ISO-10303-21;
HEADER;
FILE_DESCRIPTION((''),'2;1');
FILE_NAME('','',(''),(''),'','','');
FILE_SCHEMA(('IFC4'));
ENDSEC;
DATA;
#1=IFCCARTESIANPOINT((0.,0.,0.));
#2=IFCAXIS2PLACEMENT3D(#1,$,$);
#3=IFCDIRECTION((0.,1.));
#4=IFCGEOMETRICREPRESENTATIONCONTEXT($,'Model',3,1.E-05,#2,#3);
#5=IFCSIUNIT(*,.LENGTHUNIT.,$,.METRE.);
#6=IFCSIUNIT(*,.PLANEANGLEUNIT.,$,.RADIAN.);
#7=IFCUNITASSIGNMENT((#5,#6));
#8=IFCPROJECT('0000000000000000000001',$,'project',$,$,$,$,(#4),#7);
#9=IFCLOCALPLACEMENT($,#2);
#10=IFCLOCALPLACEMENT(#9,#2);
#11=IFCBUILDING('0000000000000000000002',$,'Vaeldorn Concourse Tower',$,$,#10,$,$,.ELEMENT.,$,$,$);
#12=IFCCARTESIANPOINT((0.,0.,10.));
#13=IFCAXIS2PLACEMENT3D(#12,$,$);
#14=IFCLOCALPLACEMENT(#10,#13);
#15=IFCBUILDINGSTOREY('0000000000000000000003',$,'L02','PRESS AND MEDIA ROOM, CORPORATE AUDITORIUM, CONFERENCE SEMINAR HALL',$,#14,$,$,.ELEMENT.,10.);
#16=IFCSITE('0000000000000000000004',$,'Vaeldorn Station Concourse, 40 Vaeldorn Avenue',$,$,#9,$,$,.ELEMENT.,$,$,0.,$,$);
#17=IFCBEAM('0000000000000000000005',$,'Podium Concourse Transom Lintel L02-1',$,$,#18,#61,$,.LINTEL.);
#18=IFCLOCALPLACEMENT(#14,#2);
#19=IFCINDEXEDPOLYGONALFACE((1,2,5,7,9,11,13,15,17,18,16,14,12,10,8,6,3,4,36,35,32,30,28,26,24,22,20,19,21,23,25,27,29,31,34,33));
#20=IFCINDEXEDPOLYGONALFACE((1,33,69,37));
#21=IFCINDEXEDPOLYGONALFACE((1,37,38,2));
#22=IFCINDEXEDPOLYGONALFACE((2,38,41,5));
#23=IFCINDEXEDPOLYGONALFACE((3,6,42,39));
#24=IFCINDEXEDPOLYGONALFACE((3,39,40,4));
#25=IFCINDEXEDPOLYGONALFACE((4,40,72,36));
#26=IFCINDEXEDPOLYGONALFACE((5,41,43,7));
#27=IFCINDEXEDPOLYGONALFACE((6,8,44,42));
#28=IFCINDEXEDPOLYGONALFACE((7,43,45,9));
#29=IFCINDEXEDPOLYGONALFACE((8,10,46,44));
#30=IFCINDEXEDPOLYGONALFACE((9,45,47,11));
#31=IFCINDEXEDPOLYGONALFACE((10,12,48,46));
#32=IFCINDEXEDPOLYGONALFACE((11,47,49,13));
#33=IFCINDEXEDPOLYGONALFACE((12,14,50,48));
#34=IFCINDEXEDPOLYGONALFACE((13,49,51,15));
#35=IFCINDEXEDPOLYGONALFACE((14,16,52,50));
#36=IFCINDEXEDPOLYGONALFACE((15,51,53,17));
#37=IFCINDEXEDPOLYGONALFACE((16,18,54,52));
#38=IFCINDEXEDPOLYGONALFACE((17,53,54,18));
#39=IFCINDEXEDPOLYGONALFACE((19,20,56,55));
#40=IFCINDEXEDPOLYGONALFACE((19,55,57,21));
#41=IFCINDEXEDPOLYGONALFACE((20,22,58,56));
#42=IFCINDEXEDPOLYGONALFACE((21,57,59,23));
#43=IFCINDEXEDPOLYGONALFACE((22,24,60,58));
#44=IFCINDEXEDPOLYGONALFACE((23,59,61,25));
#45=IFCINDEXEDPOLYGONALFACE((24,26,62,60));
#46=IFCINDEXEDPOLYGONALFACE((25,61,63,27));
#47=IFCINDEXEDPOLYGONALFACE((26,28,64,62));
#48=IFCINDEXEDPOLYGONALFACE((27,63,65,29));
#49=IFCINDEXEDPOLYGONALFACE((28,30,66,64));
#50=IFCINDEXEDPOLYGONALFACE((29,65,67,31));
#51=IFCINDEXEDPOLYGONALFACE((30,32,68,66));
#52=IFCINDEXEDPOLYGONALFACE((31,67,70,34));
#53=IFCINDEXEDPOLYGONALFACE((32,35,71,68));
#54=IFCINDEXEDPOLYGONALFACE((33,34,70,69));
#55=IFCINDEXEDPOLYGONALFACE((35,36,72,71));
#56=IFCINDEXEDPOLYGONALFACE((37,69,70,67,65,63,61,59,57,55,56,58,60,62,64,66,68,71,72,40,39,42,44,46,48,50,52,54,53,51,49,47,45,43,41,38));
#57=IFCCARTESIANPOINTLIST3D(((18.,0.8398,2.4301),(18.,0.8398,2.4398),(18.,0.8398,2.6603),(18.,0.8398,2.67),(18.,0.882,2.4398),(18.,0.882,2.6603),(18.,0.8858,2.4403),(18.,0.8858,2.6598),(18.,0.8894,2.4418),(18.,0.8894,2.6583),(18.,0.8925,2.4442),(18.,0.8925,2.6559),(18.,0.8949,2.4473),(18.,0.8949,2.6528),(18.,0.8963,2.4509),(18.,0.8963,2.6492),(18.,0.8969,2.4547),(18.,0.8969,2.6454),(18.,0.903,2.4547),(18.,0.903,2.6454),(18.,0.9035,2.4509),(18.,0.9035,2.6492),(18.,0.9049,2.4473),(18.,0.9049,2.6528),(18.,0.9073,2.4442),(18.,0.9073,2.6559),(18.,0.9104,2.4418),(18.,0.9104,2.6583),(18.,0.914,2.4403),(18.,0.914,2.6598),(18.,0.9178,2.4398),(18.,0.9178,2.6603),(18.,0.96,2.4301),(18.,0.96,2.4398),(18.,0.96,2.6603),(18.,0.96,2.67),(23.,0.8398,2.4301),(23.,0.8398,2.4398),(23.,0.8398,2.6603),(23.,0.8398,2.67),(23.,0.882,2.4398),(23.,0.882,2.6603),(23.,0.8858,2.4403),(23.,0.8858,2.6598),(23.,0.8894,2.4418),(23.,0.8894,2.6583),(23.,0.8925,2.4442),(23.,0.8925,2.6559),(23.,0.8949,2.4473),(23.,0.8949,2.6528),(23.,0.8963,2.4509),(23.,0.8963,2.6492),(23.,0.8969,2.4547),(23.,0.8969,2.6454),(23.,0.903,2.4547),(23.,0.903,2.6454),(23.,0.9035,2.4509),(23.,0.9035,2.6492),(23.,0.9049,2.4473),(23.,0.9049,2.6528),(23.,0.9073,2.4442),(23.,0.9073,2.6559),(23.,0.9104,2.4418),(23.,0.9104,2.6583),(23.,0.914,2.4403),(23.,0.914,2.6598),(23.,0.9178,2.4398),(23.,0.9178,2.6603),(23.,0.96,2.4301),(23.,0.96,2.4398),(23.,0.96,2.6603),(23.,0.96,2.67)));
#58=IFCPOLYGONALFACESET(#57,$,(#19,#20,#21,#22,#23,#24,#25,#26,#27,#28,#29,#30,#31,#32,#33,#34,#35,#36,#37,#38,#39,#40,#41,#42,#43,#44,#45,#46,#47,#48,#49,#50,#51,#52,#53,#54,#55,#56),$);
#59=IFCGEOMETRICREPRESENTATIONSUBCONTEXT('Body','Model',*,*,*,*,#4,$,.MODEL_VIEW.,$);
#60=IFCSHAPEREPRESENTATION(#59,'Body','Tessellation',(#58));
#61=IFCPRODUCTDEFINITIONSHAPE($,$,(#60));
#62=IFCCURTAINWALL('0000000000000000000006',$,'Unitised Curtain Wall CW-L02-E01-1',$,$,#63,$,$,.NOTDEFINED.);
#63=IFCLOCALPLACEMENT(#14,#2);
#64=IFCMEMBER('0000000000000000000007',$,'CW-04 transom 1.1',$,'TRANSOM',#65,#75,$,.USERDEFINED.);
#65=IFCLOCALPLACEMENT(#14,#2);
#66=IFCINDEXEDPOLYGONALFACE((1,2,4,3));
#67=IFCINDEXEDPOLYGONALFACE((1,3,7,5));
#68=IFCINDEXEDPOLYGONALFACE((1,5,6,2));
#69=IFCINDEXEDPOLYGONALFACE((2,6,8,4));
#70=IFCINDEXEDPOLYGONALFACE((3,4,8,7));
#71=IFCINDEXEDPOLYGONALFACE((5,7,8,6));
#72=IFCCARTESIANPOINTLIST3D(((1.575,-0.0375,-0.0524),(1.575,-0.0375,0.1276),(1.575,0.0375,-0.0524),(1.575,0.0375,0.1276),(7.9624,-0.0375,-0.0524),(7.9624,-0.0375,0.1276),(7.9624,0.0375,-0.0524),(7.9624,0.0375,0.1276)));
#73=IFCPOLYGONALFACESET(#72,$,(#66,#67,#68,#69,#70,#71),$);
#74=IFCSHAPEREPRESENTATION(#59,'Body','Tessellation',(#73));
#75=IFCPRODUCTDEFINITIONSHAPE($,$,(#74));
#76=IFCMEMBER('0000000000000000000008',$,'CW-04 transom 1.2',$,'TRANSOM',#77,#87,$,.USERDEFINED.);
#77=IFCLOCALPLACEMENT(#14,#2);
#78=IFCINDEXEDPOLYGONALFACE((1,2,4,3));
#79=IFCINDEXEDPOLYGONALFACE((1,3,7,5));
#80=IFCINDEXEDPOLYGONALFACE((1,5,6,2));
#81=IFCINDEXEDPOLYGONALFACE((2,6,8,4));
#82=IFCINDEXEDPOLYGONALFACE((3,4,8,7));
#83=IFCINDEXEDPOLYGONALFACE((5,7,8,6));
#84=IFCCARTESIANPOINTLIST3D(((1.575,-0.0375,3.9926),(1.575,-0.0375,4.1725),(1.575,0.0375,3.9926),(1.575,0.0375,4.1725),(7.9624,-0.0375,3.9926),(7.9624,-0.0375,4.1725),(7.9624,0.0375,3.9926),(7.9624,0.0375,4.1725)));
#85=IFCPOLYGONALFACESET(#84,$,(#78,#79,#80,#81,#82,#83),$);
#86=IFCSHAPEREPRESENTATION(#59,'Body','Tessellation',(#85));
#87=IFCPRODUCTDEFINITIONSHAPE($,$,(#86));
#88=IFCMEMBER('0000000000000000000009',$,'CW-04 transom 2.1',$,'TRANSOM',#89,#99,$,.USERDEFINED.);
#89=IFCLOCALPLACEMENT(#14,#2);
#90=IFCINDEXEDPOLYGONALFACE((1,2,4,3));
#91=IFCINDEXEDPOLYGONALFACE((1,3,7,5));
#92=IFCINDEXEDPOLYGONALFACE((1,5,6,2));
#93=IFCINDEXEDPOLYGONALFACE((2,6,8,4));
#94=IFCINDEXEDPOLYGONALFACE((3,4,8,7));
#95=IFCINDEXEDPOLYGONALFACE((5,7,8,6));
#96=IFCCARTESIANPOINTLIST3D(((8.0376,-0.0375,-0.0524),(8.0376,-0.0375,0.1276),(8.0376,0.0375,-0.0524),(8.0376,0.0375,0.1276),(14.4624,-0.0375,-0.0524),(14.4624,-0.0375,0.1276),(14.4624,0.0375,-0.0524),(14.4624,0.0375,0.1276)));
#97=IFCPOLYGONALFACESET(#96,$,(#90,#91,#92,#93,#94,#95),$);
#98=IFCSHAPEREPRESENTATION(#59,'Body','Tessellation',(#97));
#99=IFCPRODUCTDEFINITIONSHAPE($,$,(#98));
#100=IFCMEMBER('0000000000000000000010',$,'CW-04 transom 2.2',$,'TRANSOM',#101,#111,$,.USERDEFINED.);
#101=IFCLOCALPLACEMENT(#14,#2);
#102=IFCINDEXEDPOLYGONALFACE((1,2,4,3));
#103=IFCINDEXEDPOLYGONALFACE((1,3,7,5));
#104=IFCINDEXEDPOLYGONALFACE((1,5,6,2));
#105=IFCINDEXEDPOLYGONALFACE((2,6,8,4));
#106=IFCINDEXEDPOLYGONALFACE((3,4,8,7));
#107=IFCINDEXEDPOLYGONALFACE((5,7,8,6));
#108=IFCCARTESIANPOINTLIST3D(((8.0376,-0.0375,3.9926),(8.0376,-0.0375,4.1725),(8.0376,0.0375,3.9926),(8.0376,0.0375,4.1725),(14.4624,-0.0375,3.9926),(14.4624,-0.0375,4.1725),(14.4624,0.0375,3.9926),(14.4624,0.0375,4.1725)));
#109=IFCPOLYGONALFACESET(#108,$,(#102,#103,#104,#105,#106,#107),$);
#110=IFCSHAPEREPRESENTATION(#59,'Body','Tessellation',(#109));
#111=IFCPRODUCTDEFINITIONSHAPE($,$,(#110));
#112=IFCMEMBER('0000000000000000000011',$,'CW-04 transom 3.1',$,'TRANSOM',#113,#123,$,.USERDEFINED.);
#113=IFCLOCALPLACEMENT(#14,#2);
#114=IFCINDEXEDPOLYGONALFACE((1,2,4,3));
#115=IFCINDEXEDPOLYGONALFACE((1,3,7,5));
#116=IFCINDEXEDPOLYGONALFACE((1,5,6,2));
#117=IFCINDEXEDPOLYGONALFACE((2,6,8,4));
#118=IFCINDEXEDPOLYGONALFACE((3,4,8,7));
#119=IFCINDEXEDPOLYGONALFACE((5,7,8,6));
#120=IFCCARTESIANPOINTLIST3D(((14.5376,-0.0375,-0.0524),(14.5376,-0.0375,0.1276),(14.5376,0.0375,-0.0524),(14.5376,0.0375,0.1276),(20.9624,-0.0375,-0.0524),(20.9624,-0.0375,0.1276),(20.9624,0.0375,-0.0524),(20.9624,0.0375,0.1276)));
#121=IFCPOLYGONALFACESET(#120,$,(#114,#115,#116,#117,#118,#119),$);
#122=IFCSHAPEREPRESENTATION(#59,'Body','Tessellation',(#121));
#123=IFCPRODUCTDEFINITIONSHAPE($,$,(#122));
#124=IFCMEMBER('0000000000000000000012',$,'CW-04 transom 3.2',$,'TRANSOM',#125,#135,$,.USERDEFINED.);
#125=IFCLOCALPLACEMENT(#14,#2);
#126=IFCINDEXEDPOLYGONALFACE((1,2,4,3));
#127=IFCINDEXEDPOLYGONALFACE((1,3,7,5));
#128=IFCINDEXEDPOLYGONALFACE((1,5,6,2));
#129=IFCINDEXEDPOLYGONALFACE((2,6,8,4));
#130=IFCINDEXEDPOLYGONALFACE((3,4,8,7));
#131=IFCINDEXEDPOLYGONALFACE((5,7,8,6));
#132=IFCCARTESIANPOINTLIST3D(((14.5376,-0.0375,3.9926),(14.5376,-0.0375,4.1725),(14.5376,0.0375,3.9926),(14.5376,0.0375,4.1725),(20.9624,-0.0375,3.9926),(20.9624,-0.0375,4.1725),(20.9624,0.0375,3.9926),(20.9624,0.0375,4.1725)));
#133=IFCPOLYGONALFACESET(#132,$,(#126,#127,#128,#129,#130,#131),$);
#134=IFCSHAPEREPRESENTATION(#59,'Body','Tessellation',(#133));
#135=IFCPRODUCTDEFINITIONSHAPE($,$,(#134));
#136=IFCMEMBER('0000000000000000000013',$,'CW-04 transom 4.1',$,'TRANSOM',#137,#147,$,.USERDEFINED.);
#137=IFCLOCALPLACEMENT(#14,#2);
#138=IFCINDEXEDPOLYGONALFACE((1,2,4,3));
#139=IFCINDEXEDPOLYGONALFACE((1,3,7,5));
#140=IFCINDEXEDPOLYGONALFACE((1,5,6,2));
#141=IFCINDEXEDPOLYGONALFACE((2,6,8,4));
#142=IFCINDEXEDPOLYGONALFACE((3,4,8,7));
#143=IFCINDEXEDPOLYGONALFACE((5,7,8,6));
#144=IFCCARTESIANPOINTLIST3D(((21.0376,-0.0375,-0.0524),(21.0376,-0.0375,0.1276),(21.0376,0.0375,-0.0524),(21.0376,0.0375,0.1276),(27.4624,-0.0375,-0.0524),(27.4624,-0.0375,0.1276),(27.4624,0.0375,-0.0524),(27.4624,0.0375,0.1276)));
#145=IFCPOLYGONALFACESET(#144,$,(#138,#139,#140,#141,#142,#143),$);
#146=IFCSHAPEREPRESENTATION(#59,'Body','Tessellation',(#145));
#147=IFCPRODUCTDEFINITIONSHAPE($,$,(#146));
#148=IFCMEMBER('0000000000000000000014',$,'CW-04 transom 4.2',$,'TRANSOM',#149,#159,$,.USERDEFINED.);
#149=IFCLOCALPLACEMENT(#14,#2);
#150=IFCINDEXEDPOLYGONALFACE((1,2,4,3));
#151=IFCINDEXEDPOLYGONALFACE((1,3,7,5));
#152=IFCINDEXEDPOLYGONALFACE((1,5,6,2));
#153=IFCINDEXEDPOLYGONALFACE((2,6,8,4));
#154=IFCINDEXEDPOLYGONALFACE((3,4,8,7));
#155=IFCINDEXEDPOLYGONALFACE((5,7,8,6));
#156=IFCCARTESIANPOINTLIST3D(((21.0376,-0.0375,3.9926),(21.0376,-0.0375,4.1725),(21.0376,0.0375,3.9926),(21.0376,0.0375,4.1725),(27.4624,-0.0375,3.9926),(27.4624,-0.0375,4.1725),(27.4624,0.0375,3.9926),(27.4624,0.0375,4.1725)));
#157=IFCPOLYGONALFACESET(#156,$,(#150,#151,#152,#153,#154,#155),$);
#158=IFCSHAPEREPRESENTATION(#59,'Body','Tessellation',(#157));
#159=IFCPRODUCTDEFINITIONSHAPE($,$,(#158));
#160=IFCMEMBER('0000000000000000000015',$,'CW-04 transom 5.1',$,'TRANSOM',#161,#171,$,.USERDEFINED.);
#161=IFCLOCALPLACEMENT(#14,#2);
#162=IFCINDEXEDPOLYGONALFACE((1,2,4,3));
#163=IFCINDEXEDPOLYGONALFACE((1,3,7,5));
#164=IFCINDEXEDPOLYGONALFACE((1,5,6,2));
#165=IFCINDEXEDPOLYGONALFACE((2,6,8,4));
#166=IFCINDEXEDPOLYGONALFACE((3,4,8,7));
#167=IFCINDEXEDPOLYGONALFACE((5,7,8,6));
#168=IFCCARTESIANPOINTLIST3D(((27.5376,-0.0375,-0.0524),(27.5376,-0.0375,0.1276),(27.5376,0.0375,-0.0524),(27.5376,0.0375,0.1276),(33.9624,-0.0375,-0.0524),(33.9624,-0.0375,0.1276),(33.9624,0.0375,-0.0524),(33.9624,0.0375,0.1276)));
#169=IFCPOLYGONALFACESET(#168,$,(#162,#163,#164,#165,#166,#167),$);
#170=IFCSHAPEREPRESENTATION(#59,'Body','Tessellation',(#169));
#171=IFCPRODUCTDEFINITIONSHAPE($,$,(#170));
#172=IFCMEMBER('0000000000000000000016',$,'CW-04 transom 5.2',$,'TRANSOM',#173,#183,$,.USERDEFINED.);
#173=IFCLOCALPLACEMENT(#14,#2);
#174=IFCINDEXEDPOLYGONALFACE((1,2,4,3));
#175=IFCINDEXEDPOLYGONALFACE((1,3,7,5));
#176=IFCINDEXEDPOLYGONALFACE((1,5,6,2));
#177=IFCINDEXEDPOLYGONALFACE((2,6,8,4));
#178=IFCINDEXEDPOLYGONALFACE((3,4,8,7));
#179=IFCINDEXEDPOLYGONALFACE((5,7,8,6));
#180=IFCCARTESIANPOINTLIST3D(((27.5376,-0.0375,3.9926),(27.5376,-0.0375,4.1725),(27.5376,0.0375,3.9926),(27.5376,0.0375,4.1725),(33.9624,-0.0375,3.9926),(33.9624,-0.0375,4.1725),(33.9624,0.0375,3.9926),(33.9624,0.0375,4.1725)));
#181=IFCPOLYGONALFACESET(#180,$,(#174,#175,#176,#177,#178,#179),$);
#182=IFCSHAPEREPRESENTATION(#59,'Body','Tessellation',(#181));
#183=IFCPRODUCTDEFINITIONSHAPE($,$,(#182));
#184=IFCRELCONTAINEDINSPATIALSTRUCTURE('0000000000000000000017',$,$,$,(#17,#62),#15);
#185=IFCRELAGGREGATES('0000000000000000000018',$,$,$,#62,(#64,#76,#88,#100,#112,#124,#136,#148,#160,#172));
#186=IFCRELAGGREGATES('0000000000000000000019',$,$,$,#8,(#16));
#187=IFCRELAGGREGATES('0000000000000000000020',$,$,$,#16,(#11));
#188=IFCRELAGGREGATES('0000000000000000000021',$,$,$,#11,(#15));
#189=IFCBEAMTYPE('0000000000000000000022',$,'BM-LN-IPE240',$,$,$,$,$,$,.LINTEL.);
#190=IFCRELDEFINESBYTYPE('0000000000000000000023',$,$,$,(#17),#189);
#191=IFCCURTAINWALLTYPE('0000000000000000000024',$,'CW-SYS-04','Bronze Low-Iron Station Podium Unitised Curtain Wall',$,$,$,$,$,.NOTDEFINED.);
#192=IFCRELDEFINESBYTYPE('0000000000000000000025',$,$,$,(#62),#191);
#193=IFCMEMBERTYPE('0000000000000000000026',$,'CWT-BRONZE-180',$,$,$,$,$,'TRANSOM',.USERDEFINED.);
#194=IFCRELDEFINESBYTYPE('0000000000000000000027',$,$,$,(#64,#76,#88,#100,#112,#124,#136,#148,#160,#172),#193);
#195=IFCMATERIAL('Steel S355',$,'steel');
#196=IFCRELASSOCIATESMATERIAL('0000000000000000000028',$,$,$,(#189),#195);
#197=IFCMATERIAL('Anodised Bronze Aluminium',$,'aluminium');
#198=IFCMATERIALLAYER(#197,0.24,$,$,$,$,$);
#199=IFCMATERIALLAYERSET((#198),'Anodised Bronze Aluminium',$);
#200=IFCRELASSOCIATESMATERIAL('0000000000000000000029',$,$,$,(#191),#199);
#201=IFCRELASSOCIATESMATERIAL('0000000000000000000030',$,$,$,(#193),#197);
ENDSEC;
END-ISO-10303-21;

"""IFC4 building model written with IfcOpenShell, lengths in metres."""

from ifc_helpers import new_model, si_unit, direction, frame, origin, origin_2d, place, context, subcontext, project, spatial, rectangle, i_section, extrude, source, transform, mapped, material, layer, layer_set, material_profile, profile_set, type_object, element, aggregate, save


model = new_model("IFC4")

# Units and contexts
model_context = context("Model", 3, precision=1e-05, world=origin(), true_north=direction((0.0, 1.0)))
body_context = subcontext(model_context, "Body", "Model", "MODEL_VIEW")
ifc_project = project(units=[si_unit("LENGTHUNIT", "METRE"), si_unit("PLANEANGLEUNIT", "RADIAN")], contexts=[model_context])

# Site, building, storey
site_placement = place(None, origin())
site = spatial("IfcSite", under=ifc_project, at=site_placement, Name="Vaeldorn Station Concourse, 40 Vaeldorn Avenue", CompositionType="ELEMENT", RefElevation=0.0)
building_placement = place(site_placement, origin())
building = spatial("IfcBuilding", under=site, at=building_placement, Name="Vaeldorn Concourse Tower", CompositionType="ELEMENT")
storey_placement = place(building_placement, frame((0.0, 0.0, 10.0)))
storey = spatial("IfcBuildingStorey", under=building, at=storey_placement, Name="L02", Description="PRESS AND MEDIA ROOM, CORPORATE AUDITORIUM, CONFERENCE SEMINAR HALL", CompositionType="ELEMENT", Elevation=10.0)

# Beam
ifc_material_1 = material(Name="Steel S355", Category="steel")
ifc_material_profile_1 = material_profile(ifc_material_1, i_section(OverallWidth=0.1201, OverallDepth=0.24, WebThickness=0.0061, FlangeThickness=0.0098, FilletRadius=0.0149, at=origin_2d()), Name="IPE 240")
ifc_profile_set_1 = profile_set([ifc_material_profile_1], Name="Steel S355")
beam_type_1 = type_object("IfcBeamType", Name="BM-LN-IPE240", PredefinedType="LINTEL", material=ifc_profile_set_1)
shared_shape_1 = source(origin(), body_context, "Body", "SweptSolid", [
    extrude(i_section(OverallWidth=0.1201, OverallDepth=0.24, WebThickness=0.0061, FlangeThickness=0.0098, FilletRadius=0.0149, at=origin_2d()), origin(), (0.0, 0.0, 1.0), 5.0),
])
beam_1_placement = place(storey_placement, frame((18.0, 0.8999, 2.55), z_axis=(1.0, 0.0, 0.0), x_axis=(0.0, 1.0, 0.0)))
element("IfcBeam", 1, at=beam_1_placement, inside=storey, type_object=beam_type_1, Name="Podium Concourse Transom Lintel L02-1", PredefinedType="LINTEL", context=body_context, shape_type="MappedRepresentation", body=[
    mapped(shared_shape_1, transform((0.0, 0.0, 0.0), scale=1.0)),
])

# Curtain wall, members
ifc_material_2 = material(Name="Anodised Bronze Aluminium", Category="aluminium")
ifc_layer_1 = layer(ifc_material_2, 0.24)
ifc_layer_set_1 = layer_set([ifc_layer_1], Name="Anodised Bronze Aluminium")
curtain_wall_type = type_object("IfcCurtainWallType", Name="CW-SYS-04", Description="Bronze Low-Iron Station Podium Unitised Curtain Wall", PredefinedType="NOTDEFINED", material=ifc_layer_set_1)
curtain_wall_placement = place(storey_placement, origin())
curtain_wall = element("IfcCurtainWall", 2, at=curtain_wall_placement, inside=storey, type_object=curtain_wall_type, Name="Unitised Curtain Wall CW-L02-E01-1", PredefinedType="NOTDEFINED")
ifc_material_profile_2 = material_profile(ifc_material_2, rectangle(XDim=0.075, YDim=0.1799, at=origin_2d()), Name="CWT 75x180")
ifc_profile_set_2 = profile_set([ifc_material_profile_2], Name="Anodised Bronze Aluminium")
member_type_1 = type_object("IfcMemberType", Name="CWT-BRONZE-180", ElementType="TRANSOM", PredefinedType="USERDEFINED", material=ifc_profile_set_2)
shared_shape_2 = source(origin(), body_context, "Body", "SweptSolid", [
    extrude(rectangle(XDim=0.075, YDim=0.1799, at=origin_2d()), origin(), (0.0, 0.0, 1.0), 6.3875),
])
member_1_placement = place(storey_placement, frame((1.575, 0.0, 0.0376), z_axis=(1.0, 0.0, 0.0), x_axis=(0.0, 1.0, 0.0)))
member_1 = element("IfcMember", 3, at=member_1_placement, type_object=member_type_1, Name="CW-04 transom 1.1", ObjectType="TRANSOM", PredefinedType="USERDEFINED", context=body_context, shape_type="MappedRepresentation", body=[
    mapped(shared_shape_2, transform((0.0, 0.0, 0.0), scale=1.0)),
])
member_2_placement = place(storey_placement, frame((1.575, 0.0, 4.0825), z_axis=(1.0, 0.0, 0.0), x_axis=(0.0, 1.0, 0.0)))
member_2 = element("IfcMember", 4, at=member_2_placement, type_object=member_type_1, Name="CW-04 transom 1.2", ObjectType="TRANSOM", PredefinedType="USERDEFINED", context=body_context, shape_type="MappedRepresentation", body=[
    mapped(shared_shape_2, transform((0.0, 0.0, 0.0), scale=1.0)),
])
shared_shape_3 = source(origin(), body_context, "Body", "SweptSolid", [
    extrude(rectangle(XDim=0.075, YDim=0.1799, at=origin_2d()), origin(), (0.0, 0.0, 1.0), 6.4248),
])
member_3_placement = place(storey_placement, frame((8.0376, 0.0, 0.0376), z_axis=(1.0, 0.0, 0.0), x_axis=(0.0, 1.0, 0.0)))
member_3 = element("IfcMember", 5, at=member_3_placement, type_object=member_type_1, Name="CW-04 transom 2.1", ObjectType="TRANSOM", PredefinedType="USERDEFINED", context=body_context, shape_type="MappedRepresentation", body=[
    mapped(shared_shape_3, transform((0.0, 0.0, 0.0), scale=1.0)),
])
member_4_placement = place(storey_placement, frame((8.0376, 0.0, 4.0825), z_axis=(1.0, 0.0, 0.0), x_axis=(0.0, 1.0, 0.0)))
member_4 = element("IfcMember", 6, at=member_4_placement, type_object=member_type_1, Name="CW-04 transom 2.2", ObjectType="TRANSOM", PredefinedType="USERDEFINED", context=body_context, shape_type="MappedRepresentation", body=[
    mapped(shared_shape_3, transform((0.0, 0.0, 0.0), scale=1.0)),
])
member_5_placement = place(storey_placement, frame((14.5376, 0.0, 0.0376), z_axis=(1.0, 0.0, 0.0), x_axis=(0.0, 1.0, 0.0)))
member_5 = element("IfcMember", 7, at=member_5_placement, type_object=member_type_1, Name="CW-04 transom 3.1", ObjectType="TRANSOM", PredefinedType="USERDEFINED", context=body_context, shape_type="MappedRepresentation", body=[
    mapped(shared_shape_3, transform((0.0, 0.0, 0.0), scale=1.0)),
])
member_6_placement = place(storey_placement, frame((14.5376, 0.0, 4.0825), z_axis=(1.0, 0.0, 0.0), x_axis=(0.0, 1.0, 0.0)))
member_6 = element("IfcMember", 8, at=member_6_placement, type_object=member_type_1, Name="CW-04 transom 3.2", ObjectType="TRANSOM", PredefinedType="USERDEFINED", context=body_context, shape_type="MappedRepresentation", body=[
    mapped(shared_shape_3, transform((0.0, 0.0, 0.0), scale=1.0)),
])
member_7_placement = place(storey_placement, frame((21.0376, 0.0, 0.0376), z_axis=(1.0, 0.0, 0.0), x_axis=(0.0, 1.0, 0.0)))
member_7 = element("IfcMember", 9, at=member_7_placement, type_object=member_type_1, Name="CW-04 transom 4.1", ObjectType="TRANSOM", PredefinedType="USERDEFINED", context=body_context, shape_type="MappedRepresentation", body=[
    mapped(shared_shape_3, transform((0.0, 0.0, 0.0), scale=1.0)),
])
member_8_placement = place(storey_placement, frame((21.0376, 0.0, 4.0825), z_axis=(1.0, 0.0, 0.0), x_axis=(0.0, 1.0, 0.0)))
member_8 = element("IfcMember", 10, at=member_8_placement, type_object=member_type_1, Name="CW-04 transom 4.2", ObjectType="TRANSOM", PredefinedType="USERDEFINED", context=body_context, shape_type="MappedRepresentation", body=[
    mapped(shared_shape_3, transform((0.0, 0.0, 0.0), scale=1.0)),
])
member_9_placement = place(storey_placement, frame((27.5376, 0.0, 0.0376), z_axis=(1.0, 0.0, 0.0), x_axis=(0.0, 1.0, 0.0)))
member_9 = element("IfcMember", 11, at=member_9_placement, type_object=member_type_1, Name="CW-04 transom 5.1", ObjectType="TRANSOM", PredefinedType="USERDEFINED", context=body_context, shape_type="MappedRepresentation", body=[
    mapped(shared_shape_3, transform((0.0, 0.0, 0.0), scale=1.0)),
])
member_10_placement = place(storey_placement, frame((27.5376, 0.0, 4.0825), z_axis=(1.0, 0.0, 0.0), x_axis=(0.0, 1.0, 0.0)))
member_10 = element("IfcMember", 12, at=member_10_placement, type_object=member_type_1, Name="CW-04 transom 5.2", ObjectType="TRANSOM", PredefinedType="USERDEFINED", context=body_context, shape_type="MappedRepresentation", body=[
    mapped(shared_shape_3, transform((0.0, 0.0, 0.0), scale=1.0)),
])
aggregate(curtain_wall, [member_1, member_2, member_3, member_4, member_5, member_6, member_7, member_8, member_9, member_10])

save(model, "model.ifc")
